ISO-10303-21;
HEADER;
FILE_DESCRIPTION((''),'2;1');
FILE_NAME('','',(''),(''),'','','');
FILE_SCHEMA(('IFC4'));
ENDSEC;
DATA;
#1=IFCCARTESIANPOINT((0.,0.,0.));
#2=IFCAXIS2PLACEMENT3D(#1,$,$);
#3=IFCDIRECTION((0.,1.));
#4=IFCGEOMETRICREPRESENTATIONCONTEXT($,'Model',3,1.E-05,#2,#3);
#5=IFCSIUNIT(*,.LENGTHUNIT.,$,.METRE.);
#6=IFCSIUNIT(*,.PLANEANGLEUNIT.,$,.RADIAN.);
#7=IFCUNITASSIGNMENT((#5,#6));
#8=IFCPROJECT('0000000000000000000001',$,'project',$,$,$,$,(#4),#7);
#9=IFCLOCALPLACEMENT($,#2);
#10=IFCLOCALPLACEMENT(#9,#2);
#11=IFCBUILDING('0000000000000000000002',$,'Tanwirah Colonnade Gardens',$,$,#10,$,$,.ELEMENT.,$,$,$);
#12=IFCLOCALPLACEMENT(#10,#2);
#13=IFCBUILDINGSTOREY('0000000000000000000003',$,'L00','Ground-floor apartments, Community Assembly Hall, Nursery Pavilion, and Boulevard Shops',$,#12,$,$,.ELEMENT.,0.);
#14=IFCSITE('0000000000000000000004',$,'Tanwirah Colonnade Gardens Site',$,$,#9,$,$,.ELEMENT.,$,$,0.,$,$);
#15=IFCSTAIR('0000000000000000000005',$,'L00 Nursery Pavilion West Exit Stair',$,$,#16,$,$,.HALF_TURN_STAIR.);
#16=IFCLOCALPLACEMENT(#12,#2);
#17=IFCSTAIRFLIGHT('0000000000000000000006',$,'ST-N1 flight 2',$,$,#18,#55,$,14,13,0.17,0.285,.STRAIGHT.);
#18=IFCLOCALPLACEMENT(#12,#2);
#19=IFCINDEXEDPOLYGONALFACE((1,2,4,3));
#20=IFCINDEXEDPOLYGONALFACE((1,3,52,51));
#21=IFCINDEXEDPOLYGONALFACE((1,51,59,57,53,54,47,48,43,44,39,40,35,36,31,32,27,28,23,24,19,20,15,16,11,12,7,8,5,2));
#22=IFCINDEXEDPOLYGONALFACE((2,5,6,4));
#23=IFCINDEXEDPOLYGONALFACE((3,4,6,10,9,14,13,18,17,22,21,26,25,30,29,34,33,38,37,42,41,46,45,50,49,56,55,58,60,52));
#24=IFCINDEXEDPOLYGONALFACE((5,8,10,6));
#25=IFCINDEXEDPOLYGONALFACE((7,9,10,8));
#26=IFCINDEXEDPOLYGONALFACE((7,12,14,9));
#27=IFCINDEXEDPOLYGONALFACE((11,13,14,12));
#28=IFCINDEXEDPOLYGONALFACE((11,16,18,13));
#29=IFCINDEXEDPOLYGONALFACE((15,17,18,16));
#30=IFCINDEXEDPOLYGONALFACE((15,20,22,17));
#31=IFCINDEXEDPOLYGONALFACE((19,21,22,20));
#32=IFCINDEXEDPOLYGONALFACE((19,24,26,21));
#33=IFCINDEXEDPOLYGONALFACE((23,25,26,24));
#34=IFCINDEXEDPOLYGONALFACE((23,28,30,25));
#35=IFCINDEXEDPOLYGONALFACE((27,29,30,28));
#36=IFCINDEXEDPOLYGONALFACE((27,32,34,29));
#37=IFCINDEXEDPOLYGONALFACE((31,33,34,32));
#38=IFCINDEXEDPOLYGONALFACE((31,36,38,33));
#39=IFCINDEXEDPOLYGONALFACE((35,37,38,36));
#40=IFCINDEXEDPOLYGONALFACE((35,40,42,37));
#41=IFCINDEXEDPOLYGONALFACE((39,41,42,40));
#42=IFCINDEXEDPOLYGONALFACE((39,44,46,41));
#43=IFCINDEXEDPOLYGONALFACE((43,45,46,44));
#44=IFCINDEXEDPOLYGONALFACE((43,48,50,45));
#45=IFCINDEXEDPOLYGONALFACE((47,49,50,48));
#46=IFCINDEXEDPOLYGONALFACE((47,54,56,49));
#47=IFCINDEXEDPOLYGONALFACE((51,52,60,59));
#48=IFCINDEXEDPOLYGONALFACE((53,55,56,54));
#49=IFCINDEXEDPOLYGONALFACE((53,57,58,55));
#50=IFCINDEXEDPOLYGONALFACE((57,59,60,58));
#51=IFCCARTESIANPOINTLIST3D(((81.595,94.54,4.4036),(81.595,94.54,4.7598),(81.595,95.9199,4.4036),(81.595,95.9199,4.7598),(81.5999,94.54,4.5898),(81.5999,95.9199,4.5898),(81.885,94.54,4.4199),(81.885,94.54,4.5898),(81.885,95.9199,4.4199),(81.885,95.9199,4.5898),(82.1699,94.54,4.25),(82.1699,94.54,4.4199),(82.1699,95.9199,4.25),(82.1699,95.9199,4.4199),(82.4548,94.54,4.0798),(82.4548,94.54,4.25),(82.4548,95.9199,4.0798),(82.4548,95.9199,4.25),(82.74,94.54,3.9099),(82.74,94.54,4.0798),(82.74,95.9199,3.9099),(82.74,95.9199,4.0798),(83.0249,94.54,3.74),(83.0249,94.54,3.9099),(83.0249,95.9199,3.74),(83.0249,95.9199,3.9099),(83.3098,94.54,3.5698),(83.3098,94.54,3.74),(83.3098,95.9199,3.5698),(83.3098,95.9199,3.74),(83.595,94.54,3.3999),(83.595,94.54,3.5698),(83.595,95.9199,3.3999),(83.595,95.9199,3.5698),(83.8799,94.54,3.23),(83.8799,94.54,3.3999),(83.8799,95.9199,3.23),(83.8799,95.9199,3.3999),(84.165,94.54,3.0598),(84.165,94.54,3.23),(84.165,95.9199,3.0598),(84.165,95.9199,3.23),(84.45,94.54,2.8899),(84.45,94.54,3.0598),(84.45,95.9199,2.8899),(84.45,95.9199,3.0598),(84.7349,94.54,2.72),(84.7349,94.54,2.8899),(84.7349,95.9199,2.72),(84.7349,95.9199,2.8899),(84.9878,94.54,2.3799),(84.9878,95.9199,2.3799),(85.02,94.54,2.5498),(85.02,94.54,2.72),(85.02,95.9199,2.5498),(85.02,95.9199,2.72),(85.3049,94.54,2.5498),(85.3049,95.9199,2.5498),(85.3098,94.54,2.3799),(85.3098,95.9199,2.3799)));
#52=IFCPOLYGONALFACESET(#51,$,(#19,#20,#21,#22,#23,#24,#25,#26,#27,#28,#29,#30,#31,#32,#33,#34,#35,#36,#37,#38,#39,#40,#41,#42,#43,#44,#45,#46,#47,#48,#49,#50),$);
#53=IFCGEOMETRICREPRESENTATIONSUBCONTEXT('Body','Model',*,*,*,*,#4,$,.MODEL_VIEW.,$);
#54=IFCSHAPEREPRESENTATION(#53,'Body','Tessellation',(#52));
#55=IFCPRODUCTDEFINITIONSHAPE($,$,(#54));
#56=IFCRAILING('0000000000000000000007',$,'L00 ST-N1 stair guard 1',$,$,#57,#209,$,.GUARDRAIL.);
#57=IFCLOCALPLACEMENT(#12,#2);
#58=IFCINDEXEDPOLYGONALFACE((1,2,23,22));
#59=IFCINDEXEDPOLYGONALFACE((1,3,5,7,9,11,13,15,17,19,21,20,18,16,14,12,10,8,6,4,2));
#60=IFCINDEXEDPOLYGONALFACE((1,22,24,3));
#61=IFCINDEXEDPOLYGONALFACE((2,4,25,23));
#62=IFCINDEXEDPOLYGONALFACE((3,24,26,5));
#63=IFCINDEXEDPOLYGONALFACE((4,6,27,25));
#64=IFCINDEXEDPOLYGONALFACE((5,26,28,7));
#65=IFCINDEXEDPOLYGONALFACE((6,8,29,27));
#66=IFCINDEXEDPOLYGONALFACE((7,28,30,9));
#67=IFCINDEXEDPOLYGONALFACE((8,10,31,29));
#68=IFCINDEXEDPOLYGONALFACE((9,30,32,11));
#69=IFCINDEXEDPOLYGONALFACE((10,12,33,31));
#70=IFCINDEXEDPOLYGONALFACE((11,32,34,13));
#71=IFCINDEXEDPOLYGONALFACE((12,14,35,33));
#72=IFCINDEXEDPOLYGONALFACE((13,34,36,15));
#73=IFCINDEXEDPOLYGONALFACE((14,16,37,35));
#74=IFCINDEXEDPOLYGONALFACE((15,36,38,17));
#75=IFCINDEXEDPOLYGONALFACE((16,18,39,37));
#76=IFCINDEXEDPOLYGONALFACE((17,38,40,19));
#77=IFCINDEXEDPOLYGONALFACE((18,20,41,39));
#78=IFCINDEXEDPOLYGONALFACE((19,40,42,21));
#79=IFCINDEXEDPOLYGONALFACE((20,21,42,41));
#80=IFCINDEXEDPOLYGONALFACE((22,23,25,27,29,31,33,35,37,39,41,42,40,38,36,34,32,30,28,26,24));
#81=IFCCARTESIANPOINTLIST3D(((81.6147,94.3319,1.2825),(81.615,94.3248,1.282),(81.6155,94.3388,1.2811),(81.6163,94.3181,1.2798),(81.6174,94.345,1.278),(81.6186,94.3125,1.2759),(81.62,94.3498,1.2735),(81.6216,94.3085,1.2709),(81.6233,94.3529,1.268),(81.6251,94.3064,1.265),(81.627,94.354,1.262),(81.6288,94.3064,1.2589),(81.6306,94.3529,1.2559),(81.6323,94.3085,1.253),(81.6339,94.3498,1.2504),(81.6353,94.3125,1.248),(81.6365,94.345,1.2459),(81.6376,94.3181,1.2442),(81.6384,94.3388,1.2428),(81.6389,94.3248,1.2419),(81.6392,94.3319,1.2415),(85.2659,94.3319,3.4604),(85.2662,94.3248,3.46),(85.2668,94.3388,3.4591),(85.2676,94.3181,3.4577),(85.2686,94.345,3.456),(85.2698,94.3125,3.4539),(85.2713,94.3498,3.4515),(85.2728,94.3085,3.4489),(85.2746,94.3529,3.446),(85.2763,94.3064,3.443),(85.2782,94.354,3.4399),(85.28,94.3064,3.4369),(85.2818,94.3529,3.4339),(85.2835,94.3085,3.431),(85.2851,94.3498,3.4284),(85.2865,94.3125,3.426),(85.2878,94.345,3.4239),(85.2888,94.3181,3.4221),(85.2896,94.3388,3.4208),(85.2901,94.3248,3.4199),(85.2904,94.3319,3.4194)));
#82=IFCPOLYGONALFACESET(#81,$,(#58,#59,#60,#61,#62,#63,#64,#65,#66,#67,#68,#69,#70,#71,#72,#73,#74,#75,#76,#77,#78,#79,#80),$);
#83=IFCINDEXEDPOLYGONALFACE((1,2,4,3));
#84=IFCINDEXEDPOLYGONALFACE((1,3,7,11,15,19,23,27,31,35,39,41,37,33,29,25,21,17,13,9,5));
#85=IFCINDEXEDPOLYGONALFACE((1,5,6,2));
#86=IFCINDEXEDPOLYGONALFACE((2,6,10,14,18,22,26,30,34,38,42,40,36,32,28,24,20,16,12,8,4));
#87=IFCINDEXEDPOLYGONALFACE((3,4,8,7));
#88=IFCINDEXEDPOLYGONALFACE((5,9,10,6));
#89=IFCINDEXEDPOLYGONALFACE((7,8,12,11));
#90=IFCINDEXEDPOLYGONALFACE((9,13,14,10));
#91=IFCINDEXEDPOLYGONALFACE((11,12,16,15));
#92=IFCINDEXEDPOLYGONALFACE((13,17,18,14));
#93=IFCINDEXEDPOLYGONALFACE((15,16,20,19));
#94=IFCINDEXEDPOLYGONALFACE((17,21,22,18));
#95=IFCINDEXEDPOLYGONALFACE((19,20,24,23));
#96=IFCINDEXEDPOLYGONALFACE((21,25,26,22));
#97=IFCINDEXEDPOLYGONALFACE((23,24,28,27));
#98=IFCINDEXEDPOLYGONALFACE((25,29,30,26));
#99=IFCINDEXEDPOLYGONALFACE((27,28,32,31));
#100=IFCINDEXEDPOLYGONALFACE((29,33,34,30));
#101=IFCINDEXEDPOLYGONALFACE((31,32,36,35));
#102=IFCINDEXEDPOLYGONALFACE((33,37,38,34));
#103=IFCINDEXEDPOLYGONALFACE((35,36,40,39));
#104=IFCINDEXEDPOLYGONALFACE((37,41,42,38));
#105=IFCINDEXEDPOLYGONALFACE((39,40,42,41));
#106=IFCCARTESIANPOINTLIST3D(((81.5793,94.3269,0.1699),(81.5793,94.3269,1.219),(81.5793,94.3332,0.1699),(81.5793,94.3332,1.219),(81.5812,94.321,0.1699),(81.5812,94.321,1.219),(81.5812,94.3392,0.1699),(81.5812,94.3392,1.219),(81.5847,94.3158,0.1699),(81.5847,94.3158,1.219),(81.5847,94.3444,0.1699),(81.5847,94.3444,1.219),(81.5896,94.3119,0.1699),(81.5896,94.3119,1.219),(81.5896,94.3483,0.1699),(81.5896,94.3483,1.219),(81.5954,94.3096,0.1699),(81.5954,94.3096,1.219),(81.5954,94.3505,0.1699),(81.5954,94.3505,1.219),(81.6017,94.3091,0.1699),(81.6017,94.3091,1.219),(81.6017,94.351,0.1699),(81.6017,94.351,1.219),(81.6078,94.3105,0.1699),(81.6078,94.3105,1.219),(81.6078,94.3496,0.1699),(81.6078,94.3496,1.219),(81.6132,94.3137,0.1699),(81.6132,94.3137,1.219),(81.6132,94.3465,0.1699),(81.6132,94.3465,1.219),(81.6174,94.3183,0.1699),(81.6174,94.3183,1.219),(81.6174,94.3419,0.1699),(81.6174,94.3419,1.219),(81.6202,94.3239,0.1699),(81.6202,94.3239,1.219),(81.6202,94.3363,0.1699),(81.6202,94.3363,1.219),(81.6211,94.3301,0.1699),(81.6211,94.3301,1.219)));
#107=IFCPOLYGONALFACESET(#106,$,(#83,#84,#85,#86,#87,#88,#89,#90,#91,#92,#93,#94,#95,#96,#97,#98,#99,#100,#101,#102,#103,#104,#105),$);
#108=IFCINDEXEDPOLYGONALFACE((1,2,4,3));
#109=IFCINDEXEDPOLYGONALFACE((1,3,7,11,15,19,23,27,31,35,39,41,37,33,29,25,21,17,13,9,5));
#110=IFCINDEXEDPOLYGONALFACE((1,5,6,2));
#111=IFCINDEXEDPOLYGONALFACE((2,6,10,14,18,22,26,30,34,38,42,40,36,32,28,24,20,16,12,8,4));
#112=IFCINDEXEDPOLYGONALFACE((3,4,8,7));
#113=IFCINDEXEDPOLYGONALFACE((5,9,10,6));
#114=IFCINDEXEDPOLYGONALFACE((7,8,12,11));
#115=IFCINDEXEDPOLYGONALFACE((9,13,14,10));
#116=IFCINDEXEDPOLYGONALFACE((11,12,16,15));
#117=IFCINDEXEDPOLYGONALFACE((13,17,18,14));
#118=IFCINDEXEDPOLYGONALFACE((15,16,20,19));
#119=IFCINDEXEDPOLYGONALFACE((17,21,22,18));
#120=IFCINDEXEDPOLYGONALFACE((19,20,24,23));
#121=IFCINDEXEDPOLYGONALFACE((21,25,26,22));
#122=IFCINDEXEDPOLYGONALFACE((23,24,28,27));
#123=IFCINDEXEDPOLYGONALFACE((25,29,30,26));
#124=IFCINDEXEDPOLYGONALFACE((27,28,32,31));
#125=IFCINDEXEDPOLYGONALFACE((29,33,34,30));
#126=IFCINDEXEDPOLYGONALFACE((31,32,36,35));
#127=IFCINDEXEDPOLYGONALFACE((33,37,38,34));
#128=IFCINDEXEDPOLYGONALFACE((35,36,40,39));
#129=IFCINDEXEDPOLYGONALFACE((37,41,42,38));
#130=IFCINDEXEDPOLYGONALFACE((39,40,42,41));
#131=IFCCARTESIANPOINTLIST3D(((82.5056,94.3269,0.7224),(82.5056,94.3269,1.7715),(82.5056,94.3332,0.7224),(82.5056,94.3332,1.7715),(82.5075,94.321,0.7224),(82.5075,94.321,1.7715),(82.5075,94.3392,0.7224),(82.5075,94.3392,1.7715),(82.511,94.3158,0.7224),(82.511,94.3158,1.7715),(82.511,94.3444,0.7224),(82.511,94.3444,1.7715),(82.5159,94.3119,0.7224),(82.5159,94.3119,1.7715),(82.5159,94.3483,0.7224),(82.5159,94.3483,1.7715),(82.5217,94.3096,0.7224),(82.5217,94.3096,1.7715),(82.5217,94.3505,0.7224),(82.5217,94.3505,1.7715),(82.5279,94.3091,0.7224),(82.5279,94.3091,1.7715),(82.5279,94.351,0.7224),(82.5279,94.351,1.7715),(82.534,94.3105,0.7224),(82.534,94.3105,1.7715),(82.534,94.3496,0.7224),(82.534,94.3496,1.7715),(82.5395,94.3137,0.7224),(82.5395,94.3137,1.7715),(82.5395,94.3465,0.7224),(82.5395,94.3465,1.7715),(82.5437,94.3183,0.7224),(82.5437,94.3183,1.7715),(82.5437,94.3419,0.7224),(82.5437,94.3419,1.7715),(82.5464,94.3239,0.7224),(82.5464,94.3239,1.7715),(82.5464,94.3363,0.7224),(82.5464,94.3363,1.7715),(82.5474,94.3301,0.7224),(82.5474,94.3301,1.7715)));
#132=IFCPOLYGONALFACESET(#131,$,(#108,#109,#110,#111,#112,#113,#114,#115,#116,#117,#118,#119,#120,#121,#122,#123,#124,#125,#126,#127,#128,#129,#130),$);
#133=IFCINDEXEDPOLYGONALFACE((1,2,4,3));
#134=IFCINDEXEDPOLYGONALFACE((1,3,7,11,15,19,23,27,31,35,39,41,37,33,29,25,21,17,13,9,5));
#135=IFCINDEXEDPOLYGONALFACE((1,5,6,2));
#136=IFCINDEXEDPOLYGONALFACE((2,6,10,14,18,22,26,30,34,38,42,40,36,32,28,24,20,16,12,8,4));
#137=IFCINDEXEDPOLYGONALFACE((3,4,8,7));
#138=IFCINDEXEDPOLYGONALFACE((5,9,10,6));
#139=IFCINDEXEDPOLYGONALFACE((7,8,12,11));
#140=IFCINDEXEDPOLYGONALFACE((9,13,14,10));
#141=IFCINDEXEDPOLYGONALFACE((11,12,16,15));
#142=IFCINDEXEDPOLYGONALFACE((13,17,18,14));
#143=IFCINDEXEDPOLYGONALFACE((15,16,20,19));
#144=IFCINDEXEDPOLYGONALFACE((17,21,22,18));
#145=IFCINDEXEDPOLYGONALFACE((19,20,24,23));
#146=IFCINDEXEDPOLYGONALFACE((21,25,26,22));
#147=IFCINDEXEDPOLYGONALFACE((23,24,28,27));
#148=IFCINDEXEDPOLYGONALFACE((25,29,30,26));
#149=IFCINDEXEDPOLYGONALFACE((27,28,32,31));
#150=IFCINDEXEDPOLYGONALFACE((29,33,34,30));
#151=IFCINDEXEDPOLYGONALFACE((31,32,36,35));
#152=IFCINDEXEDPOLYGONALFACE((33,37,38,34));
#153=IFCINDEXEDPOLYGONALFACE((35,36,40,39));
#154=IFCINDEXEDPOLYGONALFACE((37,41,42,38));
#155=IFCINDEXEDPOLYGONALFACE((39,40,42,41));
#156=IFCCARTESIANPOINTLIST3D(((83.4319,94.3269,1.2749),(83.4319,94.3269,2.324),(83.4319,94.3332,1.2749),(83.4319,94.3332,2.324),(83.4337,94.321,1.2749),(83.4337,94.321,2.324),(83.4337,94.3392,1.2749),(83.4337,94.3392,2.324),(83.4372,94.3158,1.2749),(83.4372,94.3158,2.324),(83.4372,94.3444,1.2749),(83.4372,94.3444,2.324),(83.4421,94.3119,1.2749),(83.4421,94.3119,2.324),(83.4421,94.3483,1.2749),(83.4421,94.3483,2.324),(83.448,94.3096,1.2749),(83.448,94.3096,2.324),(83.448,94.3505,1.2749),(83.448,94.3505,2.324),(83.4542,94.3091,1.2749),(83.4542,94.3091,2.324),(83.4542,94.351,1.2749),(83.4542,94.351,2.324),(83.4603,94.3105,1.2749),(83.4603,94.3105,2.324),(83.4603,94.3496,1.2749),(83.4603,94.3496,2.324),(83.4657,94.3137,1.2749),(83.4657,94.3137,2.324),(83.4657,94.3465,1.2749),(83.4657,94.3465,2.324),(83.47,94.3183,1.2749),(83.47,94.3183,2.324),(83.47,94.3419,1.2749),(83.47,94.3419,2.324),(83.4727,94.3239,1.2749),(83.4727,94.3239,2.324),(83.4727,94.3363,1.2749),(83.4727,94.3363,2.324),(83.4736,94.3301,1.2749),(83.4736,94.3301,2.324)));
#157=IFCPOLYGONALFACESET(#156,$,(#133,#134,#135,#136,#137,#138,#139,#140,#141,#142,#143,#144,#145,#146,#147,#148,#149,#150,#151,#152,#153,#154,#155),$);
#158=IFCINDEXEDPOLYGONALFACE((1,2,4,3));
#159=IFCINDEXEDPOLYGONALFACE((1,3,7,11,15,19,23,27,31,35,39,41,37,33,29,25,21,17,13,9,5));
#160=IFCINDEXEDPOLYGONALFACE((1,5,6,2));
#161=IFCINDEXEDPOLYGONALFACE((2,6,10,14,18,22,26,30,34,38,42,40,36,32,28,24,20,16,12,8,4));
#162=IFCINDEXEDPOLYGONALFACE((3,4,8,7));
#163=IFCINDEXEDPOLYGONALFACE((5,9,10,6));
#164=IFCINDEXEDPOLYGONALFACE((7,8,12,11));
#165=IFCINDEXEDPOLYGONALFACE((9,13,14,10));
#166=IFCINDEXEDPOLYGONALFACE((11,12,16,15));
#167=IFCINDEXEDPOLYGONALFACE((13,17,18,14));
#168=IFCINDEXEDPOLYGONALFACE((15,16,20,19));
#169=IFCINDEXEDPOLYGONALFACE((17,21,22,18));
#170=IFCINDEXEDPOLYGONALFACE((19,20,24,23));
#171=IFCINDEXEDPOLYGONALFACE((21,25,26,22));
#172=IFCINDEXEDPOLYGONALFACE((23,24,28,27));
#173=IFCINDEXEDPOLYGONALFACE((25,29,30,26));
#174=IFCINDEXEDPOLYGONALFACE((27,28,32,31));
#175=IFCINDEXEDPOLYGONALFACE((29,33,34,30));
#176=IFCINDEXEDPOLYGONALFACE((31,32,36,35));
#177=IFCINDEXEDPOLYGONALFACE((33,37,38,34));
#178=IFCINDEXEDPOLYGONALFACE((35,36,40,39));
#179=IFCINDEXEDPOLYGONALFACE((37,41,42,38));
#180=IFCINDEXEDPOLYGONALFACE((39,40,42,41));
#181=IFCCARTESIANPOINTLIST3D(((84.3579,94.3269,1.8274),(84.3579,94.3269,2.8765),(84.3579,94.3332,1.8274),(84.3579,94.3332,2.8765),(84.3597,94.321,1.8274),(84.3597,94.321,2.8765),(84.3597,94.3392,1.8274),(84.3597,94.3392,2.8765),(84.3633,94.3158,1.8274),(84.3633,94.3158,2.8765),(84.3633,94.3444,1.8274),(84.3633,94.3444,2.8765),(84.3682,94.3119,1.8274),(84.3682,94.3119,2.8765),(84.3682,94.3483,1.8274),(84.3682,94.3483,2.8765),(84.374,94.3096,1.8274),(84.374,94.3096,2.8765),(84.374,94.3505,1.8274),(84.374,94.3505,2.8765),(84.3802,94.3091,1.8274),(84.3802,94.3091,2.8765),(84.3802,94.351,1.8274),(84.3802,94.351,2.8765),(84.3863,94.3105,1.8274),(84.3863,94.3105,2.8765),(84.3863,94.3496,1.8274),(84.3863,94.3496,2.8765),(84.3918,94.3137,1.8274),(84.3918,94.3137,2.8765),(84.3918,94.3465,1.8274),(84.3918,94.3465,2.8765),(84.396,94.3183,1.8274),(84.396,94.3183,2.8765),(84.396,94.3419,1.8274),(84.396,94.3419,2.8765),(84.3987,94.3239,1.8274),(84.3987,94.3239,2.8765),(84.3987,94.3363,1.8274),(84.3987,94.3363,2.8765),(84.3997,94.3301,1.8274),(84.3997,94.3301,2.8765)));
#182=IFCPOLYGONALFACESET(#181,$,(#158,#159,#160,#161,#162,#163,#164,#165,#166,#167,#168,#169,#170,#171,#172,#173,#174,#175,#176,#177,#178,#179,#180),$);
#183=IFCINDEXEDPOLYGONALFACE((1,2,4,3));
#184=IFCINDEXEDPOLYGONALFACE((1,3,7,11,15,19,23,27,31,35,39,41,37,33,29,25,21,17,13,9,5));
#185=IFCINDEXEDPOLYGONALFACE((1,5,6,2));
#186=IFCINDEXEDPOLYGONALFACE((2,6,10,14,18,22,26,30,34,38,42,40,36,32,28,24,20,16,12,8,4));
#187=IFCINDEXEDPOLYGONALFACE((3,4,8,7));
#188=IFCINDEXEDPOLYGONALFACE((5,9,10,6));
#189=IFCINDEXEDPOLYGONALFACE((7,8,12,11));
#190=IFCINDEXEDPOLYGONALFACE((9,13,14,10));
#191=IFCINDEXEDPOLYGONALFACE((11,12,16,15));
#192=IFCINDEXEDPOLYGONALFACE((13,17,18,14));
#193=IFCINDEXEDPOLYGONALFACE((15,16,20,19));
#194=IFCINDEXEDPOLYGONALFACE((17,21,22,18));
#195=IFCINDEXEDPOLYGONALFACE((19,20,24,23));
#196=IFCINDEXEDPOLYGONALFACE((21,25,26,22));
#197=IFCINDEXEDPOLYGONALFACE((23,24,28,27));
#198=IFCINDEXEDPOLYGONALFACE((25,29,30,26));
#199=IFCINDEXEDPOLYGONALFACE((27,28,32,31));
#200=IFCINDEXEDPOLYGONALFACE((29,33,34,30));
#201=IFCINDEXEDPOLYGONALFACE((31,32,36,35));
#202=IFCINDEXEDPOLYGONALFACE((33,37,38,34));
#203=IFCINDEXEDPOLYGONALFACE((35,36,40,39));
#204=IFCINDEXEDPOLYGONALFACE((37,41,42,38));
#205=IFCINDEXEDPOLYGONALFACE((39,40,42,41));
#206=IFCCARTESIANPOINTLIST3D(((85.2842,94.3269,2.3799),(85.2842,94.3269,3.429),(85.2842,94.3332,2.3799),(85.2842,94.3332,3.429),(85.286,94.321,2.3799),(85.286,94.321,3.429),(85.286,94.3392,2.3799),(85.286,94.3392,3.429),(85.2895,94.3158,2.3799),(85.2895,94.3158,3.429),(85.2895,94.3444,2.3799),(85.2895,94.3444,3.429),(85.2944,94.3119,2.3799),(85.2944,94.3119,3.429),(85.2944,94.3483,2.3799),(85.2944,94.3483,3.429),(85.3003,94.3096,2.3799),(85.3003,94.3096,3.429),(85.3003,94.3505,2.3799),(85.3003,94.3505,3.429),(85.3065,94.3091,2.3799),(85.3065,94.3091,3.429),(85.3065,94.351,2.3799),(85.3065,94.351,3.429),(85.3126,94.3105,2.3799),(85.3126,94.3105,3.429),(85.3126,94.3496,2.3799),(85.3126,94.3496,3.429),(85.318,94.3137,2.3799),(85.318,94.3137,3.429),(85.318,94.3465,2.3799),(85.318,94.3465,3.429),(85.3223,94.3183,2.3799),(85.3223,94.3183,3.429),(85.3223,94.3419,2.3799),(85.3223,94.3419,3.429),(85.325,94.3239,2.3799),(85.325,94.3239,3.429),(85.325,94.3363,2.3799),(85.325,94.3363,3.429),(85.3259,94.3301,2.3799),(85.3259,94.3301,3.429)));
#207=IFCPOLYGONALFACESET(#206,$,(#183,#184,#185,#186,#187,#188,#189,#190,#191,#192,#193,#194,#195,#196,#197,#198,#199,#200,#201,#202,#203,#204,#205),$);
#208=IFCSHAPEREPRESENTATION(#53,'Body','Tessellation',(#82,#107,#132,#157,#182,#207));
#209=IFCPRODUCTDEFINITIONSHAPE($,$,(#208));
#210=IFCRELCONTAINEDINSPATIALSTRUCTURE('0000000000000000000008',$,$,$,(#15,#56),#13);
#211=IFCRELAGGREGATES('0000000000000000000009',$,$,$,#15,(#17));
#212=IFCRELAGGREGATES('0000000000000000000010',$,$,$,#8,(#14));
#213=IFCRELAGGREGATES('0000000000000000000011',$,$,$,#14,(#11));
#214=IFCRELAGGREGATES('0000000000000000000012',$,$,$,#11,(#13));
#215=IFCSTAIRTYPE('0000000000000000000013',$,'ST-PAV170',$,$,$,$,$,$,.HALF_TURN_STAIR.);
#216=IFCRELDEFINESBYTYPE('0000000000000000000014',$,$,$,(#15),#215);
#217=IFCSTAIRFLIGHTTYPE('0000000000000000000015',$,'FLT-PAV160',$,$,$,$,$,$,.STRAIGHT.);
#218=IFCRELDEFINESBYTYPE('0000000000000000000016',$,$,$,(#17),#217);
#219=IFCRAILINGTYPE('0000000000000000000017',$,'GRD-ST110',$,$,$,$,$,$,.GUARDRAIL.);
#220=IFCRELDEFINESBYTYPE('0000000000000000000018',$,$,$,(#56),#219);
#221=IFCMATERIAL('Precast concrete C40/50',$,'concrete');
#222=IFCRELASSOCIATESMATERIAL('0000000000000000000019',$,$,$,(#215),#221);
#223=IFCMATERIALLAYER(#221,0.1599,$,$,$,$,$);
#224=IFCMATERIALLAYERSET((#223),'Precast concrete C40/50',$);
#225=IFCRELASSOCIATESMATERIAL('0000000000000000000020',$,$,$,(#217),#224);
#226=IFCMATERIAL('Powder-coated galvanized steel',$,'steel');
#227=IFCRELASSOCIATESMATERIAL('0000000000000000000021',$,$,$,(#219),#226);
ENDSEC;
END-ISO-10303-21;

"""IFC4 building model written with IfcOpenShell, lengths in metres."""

from ifc_helpers import new_model, si_unit, direction, frame, origin, origin_2d, place, context, subcontext, project, spatial, polyline, circle, outline, extrude, material, layer, layer_set, type_object, element, aggregate, save


model = new_model("IFC4")

# Units and contexts
model_context = context("Model", 3, precision=1e-05, world=origin(), true_north=direction((0.0, 1.0)))
body_context = subcontext(model_context, "Body", "Model", "MODEL_VIEW")
ifc_project = project(units=[si_unit("LENGTHUNIT", "METRE"), si_unit("PLANEANGLEUNIT", "RADIAN")], contexts=[model_context])

# Site, building, storey
site_placement = place(None, origin())
site = spatial("IfcSite", under=ifc_project, at=site_placement, Name="Tanwirah Colonnade Gardens Site", CompositionType="ELEMENT", RefElevation=0.0)
building_placement = place(site_placement, origin())
building = spatial("IfcBuilding", under=site, at=building_placement, Name="Tanwirah Colonnade Gardens", CompositionType="ELEMENT")
storey_placement = place(building_placement, origin())
storey = spatial("IfcBuildingStorey", under=building, at=storey_placement, Name="L00", Description="Ground-floor apartments, Community Assembly Hall, Nursery Pavilion, and Boulevard Shops", CompositionType="ELEMENT", Elevation=0.0)

# Stair, stair flight
ifc_material_1 = material(Name="Precast concrete C40/50", Category="concrete")
stair_type = type_object("IfcStairType", Name="ST-PAV170", PredefinedType="HALF_TURN_STAIR", material=ifc_material_1)
stair_placement = place(storey_placement, origin())
stair = element("IfcStair", 1, at=stair_placement, inside=storey, type_object=stair_type, Name="L00 Nursery Pavilion West Exit Stair", PredefinedType="HALF_TURN_STAIR")
ifc_layer_1 = layer(ifc_material_1, 0.1599)
ifc_layer_set_1 = layer_set([ifc_layer_1], Name="Precast concrete C40/50")
stair_flight_type = type_object("IfcStairFlightType", Name="FLT-PAV160", PredefinedType="STRAIGHT", material=ifc_layer_set_1)
stair_flight_1_placement = place(storey_placement, frame((85.3049, 95.23, 2.3799), z_axis=(0.0, 0.0, 1.0), x_axis=(-1.0, 0.0, 0.0)))
stair_flight_1 = element("IfcStairFlight", 2, at=stair_flight_1_placement, type_object=stair_flight_type, Name="ST-N1 flight 2", NumberOfRisers=14, NumberOfTreads=13, PredefinedType="STRAIGHT", RiserHeight=0.17, TreadLength=0.285, context=body_context, shape_type="SweptSolid", body=[
    extrude(outline(polyline([(-0.0049, 0.0), (0.0, 0.1699), (0.2849, 0.1699), (0.2849, 0.3401), (0.5701, 0.3401), (0.5701, 0.51), (0.855, 0.51), (0.855, 0.6799), (1.1399, 0.6799), (1.1399, 0.8501), (1.425, 0.8501), (1.425, 1.02), (1.71, 1.02), (1.71, 1.1899), (1.9951, 1.1899), (1.9951, 1.3601), (2.28, 1.3601), (2.28, 1.53), (2.5649, 1.53), (2.5649, 1.7), (2.8501, 1.7), (2.8501, 1.8701), (3.135, 1.8701), (3.135, 2.04), (3.4199, 2.04), (3.4199, 2.21), (3.7051, 2.21), (3.71, 2.3799), (3.71, 2.0237), (0.3171, 0.0), (-0.0049, 0.0)])), frame((0.0, 0.6899, 0.0), z_axis=(0.0, -1.0, 0.0), x_axis=(1.0, 0.0, 0.0)), (0.0, 0.0, 1.0), 1.3799),
])
aggregate(stair, [stair_flight_1])

# Railing
ifc_material_2 = material(Name="Powder-coated galvanized steel", Category="steel")
railing_type_1 = type_object("IfcRailingType", Name="GRD-ST110", PredefinedType="GUARDRAIL", material=ifc_material_2)
railing_1_placement = place(storey_placement, frame((81.6001, 94.3301, 0.1699)))
element("IfcRailing", 3, at=railing_1_placement, inside=storey, type_object=railing_type_1, Name="L00 ST-N1 stair guard 1", PredefinedType="GUARDRAIL", context=body_context, shape_type="SweptSolid", body=[
    extrude(circle(Radius=0.0239, at=origin_2d()), frame((0.0269, 0.0, 1.092), z_axis=(0.858813, 0.0, 0.512289), x_axis=(0.0, 1.0, 0.0)), (0.0, 0.0, 1.0), 4.2515),
    extrude(circle(Radius=0.021, at=origin_2d()), origin(), (0.0, 0.0, 1.0), 1.0491),
    extrude(circle(Radius=0.021, at=origin_2d()), frame((0.9263, 0.0, 0.5525)), (0.0, 0.0, 1.0), 1.0491),
    extrude(circle(Radius=0.021, at=origin_2d()), frame((1.8525, 0.0, 1.105)), (0.0, 0.0, 1.0), 1.0491),
    extrude(circle(Radius=0.021, at=origin_2d()), frame((2.7786, 0.0, 1.6575)), (0.0, 0.0, 1.0), 1.0491),
    extrude(circle(Radius=0.021, at=origin_2d()), frame((3.7048, 0.0, 2.21)), (0.0, 0.0, 1.0), 1.0491),
])

save(model, "model.ifc")
